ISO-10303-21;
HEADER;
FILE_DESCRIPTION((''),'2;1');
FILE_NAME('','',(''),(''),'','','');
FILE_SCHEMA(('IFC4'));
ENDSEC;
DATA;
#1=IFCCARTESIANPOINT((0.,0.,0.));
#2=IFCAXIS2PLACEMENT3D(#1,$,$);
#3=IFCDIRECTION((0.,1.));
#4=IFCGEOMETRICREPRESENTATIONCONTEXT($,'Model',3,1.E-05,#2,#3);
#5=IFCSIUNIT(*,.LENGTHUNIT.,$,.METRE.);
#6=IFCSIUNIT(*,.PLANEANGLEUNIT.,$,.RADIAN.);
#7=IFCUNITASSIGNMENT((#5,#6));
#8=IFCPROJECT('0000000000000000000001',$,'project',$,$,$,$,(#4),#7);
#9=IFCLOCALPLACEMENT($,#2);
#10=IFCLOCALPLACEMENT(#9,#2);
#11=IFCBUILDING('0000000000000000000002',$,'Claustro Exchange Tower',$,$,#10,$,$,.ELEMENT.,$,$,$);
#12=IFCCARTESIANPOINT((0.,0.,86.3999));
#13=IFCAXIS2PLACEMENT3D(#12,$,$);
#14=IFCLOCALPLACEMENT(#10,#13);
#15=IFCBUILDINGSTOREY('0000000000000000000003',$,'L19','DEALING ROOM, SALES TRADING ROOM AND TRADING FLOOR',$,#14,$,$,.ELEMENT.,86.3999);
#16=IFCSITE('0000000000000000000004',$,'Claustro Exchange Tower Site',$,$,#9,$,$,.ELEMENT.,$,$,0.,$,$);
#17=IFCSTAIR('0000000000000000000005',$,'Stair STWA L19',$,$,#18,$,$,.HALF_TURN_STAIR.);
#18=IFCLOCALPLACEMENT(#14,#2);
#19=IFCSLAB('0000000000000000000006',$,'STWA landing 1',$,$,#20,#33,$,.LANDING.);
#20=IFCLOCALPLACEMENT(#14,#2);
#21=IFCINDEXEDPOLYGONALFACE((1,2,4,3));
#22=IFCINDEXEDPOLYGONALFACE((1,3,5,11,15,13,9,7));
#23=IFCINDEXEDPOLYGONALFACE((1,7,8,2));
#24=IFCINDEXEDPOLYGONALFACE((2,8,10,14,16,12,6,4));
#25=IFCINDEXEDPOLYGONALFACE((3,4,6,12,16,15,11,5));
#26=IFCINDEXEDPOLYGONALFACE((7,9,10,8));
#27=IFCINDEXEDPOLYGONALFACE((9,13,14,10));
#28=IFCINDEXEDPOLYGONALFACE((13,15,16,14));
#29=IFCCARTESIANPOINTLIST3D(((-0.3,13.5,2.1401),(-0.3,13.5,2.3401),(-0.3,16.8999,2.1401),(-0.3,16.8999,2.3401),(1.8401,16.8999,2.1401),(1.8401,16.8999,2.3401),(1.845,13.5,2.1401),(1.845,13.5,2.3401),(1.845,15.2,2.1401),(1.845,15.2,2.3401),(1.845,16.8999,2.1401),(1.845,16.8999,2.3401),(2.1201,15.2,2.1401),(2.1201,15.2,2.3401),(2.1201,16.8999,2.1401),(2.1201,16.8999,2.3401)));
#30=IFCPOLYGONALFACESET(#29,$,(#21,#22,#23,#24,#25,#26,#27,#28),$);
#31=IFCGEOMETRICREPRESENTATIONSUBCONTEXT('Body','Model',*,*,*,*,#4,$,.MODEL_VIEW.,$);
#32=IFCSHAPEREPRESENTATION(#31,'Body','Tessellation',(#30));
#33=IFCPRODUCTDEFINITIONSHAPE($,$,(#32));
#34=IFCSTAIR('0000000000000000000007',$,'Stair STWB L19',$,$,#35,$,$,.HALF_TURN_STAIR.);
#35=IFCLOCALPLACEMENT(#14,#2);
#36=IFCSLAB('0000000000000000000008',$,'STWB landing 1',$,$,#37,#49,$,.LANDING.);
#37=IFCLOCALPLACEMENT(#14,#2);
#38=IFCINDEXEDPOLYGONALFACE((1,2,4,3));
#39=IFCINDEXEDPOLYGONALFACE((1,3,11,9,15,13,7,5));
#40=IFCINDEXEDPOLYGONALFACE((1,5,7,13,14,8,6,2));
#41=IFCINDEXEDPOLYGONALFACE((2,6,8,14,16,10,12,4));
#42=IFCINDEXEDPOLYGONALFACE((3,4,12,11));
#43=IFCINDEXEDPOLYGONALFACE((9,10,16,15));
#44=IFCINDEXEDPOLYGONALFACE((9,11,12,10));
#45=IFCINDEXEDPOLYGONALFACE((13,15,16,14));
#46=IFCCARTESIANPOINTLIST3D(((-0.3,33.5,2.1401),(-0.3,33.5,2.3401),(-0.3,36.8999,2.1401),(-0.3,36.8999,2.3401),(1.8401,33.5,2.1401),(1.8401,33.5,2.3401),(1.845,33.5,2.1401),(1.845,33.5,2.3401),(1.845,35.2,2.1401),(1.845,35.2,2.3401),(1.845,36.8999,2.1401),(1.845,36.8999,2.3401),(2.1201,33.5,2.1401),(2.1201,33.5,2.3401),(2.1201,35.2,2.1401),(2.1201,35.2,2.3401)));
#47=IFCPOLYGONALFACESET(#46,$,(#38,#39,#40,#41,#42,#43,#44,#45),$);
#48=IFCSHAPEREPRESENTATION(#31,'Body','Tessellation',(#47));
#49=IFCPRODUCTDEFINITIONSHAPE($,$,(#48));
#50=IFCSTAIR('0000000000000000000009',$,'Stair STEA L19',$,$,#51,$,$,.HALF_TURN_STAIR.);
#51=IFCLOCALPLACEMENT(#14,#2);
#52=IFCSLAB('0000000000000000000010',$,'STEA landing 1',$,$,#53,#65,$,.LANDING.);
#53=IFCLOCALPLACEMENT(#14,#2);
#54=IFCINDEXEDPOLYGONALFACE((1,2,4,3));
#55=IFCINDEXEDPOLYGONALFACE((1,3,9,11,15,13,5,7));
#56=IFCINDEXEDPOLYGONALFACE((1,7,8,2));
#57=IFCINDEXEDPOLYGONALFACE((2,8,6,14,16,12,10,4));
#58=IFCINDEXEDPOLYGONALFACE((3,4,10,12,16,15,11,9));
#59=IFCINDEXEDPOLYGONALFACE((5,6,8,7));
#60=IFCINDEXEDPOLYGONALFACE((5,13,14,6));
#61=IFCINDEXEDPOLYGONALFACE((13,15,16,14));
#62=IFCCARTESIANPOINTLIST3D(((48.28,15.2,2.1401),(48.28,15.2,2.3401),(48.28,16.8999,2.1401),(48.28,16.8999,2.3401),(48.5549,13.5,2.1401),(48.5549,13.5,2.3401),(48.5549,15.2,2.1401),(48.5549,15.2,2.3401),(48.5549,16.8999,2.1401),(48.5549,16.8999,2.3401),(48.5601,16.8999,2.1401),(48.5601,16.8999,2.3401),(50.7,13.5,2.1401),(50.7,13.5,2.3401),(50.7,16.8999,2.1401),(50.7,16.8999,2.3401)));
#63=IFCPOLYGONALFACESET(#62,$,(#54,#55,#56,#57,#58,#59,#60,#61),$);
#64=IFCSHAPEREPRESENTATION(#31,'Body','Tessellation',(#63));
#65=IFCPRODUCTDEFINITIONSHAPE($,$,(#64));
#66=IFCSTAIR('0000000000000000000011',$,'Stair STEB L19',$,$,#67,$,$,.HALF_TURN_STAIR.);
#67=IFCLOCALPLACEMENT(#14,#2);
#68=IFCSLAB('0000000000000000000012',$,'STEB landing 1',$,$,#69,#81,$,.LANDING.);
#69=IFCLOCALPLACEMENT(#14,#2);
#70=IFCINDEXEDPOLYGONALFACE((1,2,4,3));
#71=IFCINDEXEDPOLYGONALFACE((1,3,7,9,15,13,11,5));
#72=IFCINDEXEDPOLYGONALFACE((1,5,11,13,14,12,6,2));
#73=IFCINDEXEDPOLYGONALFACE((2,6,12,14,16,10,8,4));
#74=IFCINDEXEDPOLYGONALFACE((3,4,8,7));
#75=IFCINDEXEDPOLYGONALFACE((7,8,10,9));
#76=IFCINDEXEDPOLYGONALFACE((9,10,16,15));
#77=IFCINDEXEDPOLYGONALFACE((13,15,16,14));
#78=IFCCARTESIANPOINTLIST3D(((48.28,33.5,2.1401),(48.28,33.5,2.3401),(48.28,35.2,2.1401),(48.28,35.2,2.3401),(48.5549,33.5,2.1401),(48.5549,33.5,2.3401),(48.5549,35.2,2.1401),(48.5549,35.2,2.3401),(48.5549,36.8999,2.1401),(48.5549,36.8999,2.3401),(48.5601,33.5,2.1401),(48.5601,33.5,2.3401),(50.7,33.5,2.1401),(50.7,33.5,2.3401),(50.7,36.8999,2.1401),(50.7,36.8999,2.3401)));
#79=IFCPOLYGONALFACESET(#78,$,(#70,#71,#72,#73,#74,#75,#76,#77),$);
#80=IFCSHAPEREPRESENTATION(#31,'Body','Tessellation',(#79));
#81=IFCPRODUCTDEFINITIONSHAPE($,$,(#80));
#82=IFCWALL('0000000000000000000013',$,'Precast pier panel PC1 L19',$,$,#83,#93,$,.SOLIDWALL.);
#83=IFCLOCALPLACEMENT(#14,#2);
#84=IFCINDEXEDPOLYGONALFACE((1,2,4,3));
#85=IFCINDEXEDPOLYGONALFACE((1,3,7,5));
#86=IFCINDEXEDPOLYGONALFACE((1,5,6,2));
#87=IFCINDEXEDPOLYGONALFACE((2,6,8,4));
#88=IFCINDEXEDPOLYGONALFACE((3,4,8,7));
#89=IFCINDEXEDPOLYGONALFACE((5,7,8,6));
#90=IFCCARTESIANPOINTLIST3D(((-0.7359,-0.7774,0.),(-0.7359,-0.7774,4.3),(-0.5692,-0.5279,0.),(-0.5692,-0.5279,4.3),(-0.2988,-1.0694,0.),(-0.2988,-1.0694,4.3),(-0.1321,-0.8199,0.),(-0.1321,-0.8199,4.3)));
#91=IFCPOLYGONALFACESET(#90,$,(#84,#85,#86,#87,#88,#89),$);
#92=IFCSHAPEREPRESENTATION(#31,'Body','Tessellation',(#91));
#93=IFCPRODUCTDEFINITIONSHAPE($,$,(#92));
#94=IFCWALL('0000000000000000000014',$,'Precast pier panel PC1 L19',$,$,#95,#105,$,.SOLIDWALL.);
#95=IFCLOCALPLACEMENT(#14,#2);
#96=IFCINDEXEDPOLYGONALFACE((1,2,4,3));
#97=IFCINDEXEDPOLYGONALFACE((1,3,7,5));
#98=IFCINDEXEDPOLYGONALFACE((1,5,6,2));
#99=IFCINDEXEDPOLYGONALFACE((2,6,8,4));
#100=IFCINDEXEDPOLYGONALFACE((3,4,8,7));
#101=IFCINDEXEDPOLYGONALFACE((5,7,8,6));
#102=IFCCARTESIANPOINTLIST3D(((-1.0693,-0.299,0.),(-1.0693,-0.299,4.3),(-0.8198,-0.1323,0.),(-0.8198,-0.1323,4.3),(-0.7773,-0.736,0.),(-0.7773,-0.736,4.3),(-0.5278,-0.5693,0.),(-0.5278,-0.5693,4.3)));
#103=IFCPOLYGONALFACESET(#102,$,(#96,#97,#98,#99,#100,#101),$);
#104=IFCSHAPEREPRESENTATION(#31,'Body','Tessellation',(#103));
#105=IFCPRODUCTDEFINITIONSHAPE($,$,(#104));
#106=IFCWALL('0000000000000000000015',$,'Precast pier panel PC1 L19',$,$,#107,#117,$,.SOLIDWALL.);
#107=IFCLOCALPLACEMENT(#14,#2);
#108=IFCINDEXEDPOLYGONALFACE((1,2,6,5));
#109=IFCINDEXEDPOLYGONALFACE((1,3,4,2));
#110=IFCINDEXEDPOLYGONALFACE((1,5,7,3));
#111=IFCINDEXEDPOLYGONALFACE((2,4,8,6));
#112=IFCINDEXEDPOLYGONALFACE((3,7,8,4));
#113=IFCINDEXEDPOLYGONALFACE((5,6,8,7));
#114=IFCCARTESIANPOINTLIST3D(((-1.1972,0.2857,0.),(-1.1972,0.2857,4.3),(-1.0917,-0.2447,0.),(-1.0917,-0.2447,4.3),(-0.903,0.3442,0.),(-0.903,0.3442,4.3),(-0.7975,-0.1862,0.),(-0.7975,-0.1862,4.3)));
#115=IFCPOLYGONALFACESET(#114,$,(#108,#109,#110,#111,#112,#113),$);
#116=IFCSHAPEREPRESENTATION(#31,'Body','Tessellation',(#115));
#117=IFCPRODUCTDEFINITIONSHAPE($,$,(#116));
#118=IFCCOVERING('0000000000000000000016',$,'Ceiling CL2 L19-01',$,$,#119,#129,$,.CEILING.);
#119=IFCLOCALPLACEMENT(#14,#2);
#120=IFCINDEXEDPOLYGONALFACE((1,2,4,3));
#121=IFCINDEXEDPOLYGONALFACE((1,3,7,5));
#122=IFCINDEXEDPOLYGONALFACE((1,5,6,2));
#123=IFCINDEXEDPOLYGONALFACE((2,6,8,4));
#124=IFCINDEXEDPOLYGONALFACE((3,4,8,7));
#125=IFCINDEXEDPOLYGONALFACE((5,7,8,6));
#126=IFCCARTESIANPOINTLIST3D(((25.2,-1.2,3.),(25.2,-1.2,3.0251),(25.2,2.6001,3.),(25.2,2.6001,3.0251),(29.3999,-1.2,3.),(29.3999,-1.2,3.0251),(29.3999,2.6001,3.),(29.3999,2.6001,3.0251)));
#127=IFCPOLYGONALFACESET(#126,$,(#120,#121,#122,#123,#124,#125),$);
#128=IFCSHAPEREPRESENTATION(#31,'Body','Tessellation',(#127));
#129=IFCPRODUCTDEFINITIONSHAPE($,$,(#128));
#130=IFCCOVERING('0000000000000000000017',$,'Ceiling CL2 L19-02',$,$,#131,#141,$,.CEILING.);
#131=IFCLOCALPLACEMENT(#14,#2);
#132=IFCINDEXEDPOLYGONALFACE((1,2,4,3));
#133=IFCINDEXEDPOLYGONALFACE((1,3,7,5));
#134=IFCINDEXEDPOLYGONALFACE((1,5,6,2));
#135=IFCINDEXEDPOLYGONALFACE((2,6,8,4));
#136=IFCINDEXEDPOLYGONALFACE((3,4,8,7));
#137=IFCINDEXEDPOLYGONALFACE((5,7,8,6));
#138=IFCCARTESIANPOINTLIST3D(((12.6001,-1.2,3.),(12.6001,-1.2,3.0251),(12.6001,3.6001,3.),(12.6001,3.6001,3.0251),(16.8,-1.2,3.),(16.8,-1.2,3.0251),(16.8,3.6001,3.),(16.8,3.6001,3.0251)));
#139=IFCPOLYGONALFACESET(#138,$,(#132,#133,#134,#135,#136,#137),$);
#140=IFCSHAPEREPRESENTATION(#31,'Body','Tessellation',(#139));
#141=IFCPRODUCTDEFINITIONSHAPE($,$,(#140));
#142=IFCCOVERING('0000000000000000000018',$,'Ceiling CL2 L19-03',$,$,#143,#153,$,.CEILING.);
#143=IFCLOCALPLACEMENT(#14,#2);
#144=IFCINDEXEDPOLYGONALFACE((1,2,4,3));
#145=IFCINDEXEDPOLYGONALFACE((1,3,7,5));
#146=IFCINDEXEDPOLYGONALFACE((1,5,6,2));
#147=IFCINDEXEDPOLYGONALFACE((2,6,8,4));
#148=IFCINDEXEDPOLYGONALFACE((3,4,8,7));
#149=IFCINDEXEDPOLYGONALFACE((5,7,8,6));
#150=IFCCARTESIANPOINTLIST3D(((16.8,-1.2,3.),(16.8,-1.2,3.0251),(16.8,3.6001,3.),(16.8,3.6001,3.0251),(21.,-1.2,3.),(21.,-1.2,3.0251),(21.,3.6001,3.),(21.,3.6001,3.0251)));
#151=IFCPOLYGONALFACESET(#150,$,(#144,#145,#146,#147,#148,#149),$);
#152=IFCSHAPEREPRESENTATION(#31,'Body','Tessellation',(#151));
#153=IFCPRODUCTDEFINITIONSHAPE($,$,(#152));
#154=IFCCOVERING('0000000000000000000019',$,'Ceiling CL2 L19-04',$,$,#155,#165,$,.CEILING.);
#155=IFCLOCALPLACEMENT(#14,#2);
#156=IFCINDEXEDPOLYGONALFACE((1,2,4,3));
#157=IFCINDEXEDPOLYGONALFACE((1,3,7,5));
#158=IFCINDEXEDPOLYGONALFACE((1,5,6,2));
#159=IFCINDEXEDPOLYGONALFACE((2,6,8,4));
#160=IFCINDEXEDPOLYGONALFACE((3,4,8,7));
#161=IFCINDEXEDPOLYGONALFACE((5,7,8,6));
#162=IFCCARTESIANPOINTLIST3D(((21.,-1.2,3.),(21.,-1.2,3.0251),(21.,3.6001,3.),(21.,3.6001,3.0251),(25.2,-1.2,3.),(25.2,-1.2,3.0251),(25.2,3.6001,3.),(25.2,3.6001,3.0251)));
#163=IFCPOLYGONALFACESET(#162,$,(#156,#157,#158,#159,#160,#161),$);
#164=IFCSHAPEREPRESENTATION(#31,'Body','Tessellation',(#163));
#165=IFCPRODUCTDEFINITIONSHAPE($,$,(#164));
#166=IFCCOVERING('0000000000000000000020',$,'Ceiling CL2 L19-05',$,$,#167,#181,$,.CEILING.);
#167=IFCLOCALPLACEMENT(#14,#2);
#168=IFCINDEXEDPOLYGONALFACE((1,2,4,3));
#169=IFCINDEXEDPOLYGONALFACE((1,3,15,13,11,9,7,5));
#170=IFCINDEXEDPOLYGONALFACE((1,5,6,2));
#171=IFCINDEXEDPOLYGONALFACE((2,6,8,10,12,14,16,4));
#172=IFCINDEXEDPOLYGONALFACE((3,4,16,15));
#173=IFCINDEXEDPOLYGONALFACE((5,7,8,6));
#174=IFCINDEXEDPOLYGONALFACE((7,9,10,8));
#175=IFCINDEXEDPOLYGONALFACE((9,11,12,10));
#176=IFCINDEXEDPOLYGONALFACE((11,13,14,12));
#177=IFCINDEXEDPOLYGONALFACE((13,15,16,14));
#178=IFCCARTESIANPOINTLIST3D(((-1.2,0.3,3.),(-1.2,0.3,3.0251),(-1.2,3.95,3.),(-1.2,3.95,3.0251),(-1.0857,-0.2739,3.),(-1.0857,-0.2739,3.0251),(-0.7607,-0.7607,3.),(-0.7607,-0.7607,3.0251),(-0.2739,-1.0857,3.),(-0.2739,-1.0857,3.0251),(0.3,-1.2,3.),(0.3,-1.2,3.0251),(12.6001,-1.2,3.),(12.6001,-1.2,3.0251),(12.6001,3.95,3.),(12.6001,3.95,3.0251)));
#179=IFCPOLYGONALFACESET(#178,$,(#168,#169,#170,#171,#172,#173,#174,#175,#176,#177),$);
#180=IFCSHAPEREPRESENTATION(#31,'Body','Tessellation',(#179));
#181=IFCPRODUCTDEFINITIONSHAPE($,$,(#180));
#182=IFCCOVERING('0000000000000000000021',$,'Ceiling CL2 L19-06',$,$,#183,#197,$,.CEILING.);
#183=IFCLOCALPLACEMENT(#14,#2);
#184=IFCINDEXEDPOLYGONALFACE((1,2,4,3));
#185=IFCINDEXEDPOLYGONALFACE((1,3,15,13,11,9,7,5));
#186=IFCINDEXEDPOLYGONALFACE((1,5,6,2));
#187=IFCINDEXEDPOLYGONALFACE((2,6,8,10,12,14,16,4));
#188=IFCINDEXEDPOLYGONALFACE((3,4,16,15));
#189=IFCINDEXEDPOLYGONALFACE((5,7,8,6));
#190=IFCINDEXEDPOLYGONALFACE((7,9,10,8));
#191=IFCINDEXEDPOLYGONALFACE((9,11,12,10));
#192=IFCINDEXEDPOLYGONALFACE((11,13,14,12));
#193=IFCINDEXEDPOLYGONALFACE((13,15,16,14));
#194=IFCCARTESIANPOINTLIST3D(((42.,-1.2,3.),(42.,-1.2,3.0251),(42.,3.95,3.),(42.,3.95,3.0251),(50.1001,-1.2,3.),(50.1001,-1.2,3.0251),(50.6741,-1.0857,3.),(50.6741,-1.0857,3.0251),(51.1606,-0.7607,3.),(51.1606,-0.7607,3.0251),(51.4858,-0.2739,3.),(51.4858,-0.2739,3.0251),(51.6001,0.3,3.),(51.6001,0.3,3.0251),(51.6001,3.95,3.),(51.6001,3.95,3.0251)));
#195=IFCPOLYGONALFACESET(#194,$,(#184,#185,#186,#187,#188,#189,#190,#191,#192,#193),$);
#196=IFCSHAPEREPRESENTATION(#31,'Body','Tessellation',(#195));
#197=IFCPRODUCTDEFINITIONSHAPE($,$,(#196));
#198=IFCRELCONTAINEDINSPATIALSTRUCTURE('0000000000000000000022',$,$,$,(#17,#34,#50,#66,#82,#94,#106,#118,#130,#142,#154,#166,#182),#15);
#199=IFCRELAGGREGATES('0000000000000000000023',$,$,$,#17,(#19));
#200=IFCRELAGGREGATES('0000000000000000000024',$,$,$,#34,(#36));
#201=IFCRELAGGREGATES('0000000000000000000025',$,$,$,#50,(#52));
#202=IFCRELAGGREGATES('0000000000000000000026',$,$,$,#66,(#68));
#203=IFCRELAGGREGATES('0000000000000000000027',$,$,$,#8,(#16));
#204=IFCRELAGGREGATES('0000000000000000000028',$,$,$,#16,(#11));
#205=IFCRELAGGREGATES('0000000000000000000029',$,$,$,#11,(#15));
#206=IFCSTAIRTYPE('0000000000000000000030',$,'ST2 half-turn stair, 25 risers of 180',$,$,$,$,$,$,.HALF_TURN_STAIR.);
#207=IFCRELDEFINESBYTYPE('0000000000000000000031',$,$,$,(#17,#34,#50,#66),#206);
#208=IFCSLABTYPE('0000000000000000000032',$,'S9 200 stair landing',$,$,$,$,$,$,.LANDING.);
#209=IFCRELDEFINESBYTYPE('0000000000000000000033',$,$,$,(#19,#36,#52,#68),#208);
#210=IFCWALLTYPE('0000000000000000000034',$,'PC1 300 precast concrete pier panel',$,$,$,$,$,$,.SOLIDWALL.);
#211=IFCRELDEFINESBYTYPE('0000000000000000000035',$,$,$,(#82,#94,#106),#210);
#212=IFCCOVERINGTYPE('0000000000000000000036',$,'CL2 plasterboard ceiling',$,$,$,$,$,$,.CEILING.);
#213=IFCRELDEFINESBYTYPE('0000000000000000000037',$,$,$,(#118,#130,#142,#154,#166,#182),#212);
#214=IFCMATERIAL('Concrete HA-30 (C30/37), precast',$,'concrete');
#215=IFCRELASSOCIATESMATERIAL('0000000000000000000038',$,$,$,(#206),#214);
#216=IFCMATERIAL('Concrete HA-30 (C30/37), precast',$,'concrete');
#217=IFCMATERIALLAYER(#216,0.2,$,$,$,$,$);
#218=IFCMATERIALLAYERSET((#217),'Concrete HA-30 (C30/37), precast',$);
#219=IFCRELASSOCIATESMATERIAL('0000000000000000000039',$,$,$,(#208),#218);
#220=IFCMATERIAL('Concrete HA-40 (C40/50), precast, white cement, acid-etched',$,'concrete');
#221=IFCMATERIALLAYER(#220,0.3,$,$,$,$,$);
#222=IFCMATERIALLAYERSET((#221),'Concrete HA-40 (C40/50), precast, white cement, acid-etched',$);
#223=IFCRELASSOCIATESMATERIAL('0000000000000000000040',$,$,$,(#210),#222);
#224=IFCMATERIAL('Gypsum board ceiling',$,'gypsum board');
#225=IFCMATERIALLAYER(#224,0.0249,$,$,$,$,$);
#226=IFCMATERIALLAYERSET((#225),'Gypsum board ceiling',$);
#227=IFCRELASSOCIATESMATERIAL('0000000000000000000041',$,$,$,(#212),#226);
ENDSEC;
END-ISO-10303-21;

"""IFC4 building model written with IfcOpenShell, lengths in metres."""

from ifc_helpers import new_model, si_unit, direction, frame, frame_2d, origin, place, context, subcontext, project, spatial, polyline, rectangle, outline, extrude, material, layer, layer_set, type_object, element, aggregate, save


model = new_model("IFC4")

# Units and contexts
model_context = context("Model", 3, precision=1e-05, world=origin(), true_north=direction((0.0, 1.0)))
body_context = subcontext(model_context, "Body", "Model", "MODEL_VIEW")
ifc_project = project(units=[si_unit("LENGTHUNIT", "METRE"), si_unit("PLANEANGLEUNIT", "RADIAN")], contexts=[model_context])

# Site, building, storey
site_placement = place(None, origin())
site = spatial("IfcSite", under=ifc_project, at=site_placement, Name="Claustro Exchange Tower Site", CompositionType="ELEMENT", RefElevation=0.0)
building_placement = place(site_placement, origin())
building = spatial("IfcBuilding", under=site, at=building_placement, Name="Claustro Exchange Tower", CompositionType="ELEMENT")
storey_placement = place(building_placement, frame((0.0, 0.0, 86.3999)))
storey = spatial("IfcBuildingStorey", under=building, at=storey_placement, Name="L19", Description="DEALING ROOM, SALES TRADING ROOM AND TRADING FLOOR", CompositionType="ELEMENT", Elevation=86.3999)

# Stairs, slabs
ifc_material_1 = material(Name="Concrete HA-30 (C30/37), precast", Category="concrete")
stair_type = type_object("IfcStairType", Name="ST2 half-turn stair, 25 risers of 180", PredefinedType="HALF_TURN_STAIR", material=ifc_material_1)
stair_1_placement = place(storey_placement, origin())
stair_1 = element("IfcStair", 1, at=stair_1_placement, inside=storey, type_object=stair_type, Name="Stair STWA L19", PredefinedType="HALF_TURN_STAIR")
ifc_material_2 = material(Name="Concrete HA-30 (C30/37), precast", Category="concrete")
ifc_layer_1 = layer(ifc_material_2, 0.2)
ifc_layer_set_1 = layer_set([ifc_layer_1], Name="Concrete HA-30 (C30/37), precast")
slab_type_1 = type_object("IfcSlabType", Name="S9 200 stair landing", PredefinedType="LANDING", material=ifc_layer_set_1)
slab_1_placement = place(storey_placement, frame((0.0, 0.0, 2.1401)))
slab_1 = element("IfcSlab", 2, at=slab_1_placement, type_object=slab_type_1, Name="STWA landing 1", PredefinedType="LANDING", context=body_context, shape_type="SweptSolid", body=[
    extrude(outline(polyline([(1.845, 13.5), (-0.3, 13.5), (-0.3, 16.8999), (1.8401, 16.8999), (1.845, 16.8999), (2.1201, 16.8999), (2.1201, 15.2), (1.845, 15.2), (1.845, 13.5)])), origin(), (0.0, 0.0, 1.0), 0.2),
])
aggregate(stair_1, [slab_1])
stair_2_placement = place(storey_placement, origin())
stair_2 = element("IfcStair", 3, at=stair_2_placement, inside=storey, type_object=stair_type, Name="Stair STWB L19", PredefinedType="HALF_TURN_STAIR")
slab_2_placement = place(storey_placement, frame((0.0, 0.0, 2.1401)))
slab_2 = element("IfcSlab", 4, at=slab_2_placement, type_object=slab_type_1, Name="STWB landing 1", PredefinedType="LANDING", context=body_context, shape_type="SweptSolid", body=[
    extrude(outline(polyline([(2.1201, 35.2), (2.1201, 33.5), (1.845, 33.5), (1.8401, 33.5), (-0.3, 33.5), (-0.3, 36.8999), (1.845, 36.8999), (1.845, 35.2), (2.1201, 35.2)])), origin(), (0.0, 0.0, 1.0), 0.2),
])
aggregate(stair_2, [slab_2])
stair_3_placement = place(storey_placement, origin())
stair_3 = element("IfcStair", 5, at=stair_3_placement, inside=storey, type_object=stair_type, Name="Stair STEA L19", PredefinedType="HALF_TURN_STAIR")
slab_3_placement = place(storey_placement, frame((0.0, 0.0, 2.1401)))
slab_3 = element("IfcSlab", 6, at=slab_3_placement, type_object=slab_type_1, Name="STEA landing 1", PredefinedType="LANDING", context=body_context, shape_type="SweptSolid", body=[
    extrude(outline(polyline([(50.7, 16.8999), (50.7, 13.5), (48.5549, 13.5), (48.5549, 15.2), (48.28, 15.2), (48.28, 16.8999), (48.5549, 16.8999), (48.5601, 16.8999), (50.7, 16.8999)])), origin(), (0.0, 0.0, 1.0), 0.2),
])
aggregate(stair_3, [slab_3])
stair_4_placement = place(storey_placement, origin())
stair_4 = element("IfcStair", 7, at=stair_4_placement, inside=storey, type_object=stair_type, Name="Stair STEB L19", PredefinedType="HALF_TURN_STAIR")
slab_4_placement = place(storey_placement, frame((0.0, 0.0, 2.1401)))
slab_4 = element("IfcSlab", 8, at=slab_4_placement, type_object=slab_type_1, Name="STEB landing 1", PredefinedType="LANDING", context=body_context, shape_type="SweptSolid", body=[
    extrude(outline(polyline([(48.28, 33.5), (48.28, 35.2), (48.5549, 35.2), (48.5549, 36.8999), (50.7, 36.8999), (50.7, 33.5), (48.5601, 33.5), (48.5549, 33.5), (48.28, 33.5)])), origin(), (0.0, 0.0, 1.0), 0.2),
])
aggregate(stair_4, [slab_4])

# Walls
ifc_material_3 = material(Name="Concrete HA-40 (C40/50), precast, white cement, acid-etched", Category="concrete")
ifc_layer_2 = layer(ifc_material_3, 0.3)
ifc_layer_set_2 = layer_set([ifc_layer_2], Name="Concrete HA-40 (C40/50), precast, white cement, acid-etched")
wall_type = type_object("IfcWallType", Name="PC1 300 precast concrete pier panel", PredefinedType="SOLIDWALL", material=ifc_layer_set_2)
for number, where, z_axis, x_axis, name in (
    (9, (-0.2156, -0.9446, 0.0), (0.0, 0.0, 1.0), (-0.831478, 0.555557, 0.0), "Precast pier panel PC1 L19"),
    (10, (-0.6526, -0.6526, 0.0), (0.0, 0.0, 1.0), (-0.555557, 0.831478, 0.0), "Precast pier panel PC1 L19"),
):
    element("IfcWall", number, at=place(storey_placement, frame(where, z_axis=z_axis, x_axis=x_axis)), inside=storey, type_object=wall_type, Name=name, PredefinedType="SOLIDWALL", context=body_context, shape_type="SweptSolid", body=[
        extrude(rectangle(XDim=0.5256, YDim=0.3, at=frame_2d((0.2627, 0.0))), origin(), (0.0, 0.0, 1.0), 4.3),
    ])
wall_placement = place(storey_placement, frame((-0.9446, -0.2156, 0.0), z_axis=(0.0, 0.0, 1.0), x_axis=(-0.195074, 0.980789, 0.0)))
element("IfcWall", 11, at=wall_placement, inside=storey, type_object=wall_type, Name="Precast pier panel PC1 L19", PredefinedType="SOLIDWALL", context=body_context, shape_type="SweptSolid", body=[
    extrude(rectangle(XDim=0.5408, YDim=0.3, at=frame_2d((0.2705, 0.0))), origin(), (0.0, 0.0, 1.0), 4.3),
])

# Coverings
ifc_material_4 = material(Name="Gypsum board ceiling", Category="gypsum board")
ifc_layer_3 = layer(ifc_material_4, 0.0249)
ifc_layer_set_3 = layer_set([ifc_layer_3], Name="Gypsum board ceiling")
covering_type = type_object("IfcCoveringType", Name="CL2 plasterboard ceiling", PredefinedType="CEILING", material=ifc_layer_set_3)
covering_1_placement = place(storey_placement, frame((0.0, 0.0, 3.0)))
element("IfcCovering", 12, at=covering_1_placement, inside=storey, type_object=covering_type, Name="Ceiling CL2 L19-01", PredefinedType="CEILING", context=body_context, shape_type="SweptSolid", body=[
    extrude(outline(polyline([(25.2, -1.2), (29.3999, -1.2), (29.3999, 2.6001), (25.2, 2.6001), (25.2, -1.2)])), origin(), (0.0, 0.0, 1.0), 0.0251),
])
covering_2_placement = place(storey_placement, frame((0.0, 0.0, 3.0)))
element("IfcCovering", 13, at=covering_2_placement, inside=storey, type_object=covering_type, Name="Ceiling CL2 L19-02", PredefinedType="CEILING", context=body_context, shape_type="SweptSolid", body=[
    extrude(outline(polyline([(12.6001, -1.2), (16.8, -1.2), (16.8, 3.6001), (12.6001, 3.6001), (12.6001, -1.2)])), origin(), (0.0, 0.0, 1.0), 0.0251),
])
covering_3_placement = place(storey_placement, frame((0.0, 0.0, 3.0)))
element("IfcCovering", 14, at=covering_3_placement, inside=storey, type_object=covering_type, Name="Ceiling CL2 L19-03", PredefinedType="CEILING", context=body_context, shape_type="SweptSolid", body=[
    extrude(outline(polyline([(16.8, -1.2), (21.0, -1.2), (21.0, 3.6001), (16.8, 3.6001), (16.8, -1.2)])), origin(), (0.0, 0.0, 1.0), 0.0251),
])
covering_4_placement = place(storey_placement, frame((0.0, 0.0, 3.0)))
element("IfcCovering", 15, at=covering_4_placement, inside=storey, type_object=covering_type, Name="Ceiling CL2 L19-04", PredefinedType="CEILING", context=body_context, shape_type="SweptSolid", body=[
    extrude(outline(polyline([(21.0, -1.2), (25.2, -1.2), (25.2, 3.6001), (21.0, 3.6001), (21.0, -1.2)])), origin(), (0.0, 0.0, 1.0), 0.0251),
])
covering_5_placement = place(storey_placement, frame((0.0, 0.0, 3.0)))
element("IfcCovering", 16, at=covering_5_placement, inside=storey, type_object=covering_type, Name="Ceiling CL2 L19-05", PredefinedType="CEILING", context=body_context, shape_type="SweptSolid", body=[
    extrude(outline(polyline([(-1.0857, -0.2739), (-0.7607, -0.7607), (-0.2739, -1.0857), (0.3, -1.2), (12.6001, -1.2), (12.6001, 3.95), (-1.2, 3.95), (-1.2, 0.3), (-1.0857, -0.2739)])), origin(), (0.0, 0.0, 1.0), 0.0251),
])
covering_6_placement = place(storey_placement, frame((0.0, 0.0, 3.0)))
element("IfcCovering", 17, at=covering_6_placement, inside=storey, type_object=covering_type, Name="Ceiling CL2 L19-06", PredefinedType="CEILING", context=body_context, shape_type="SweptSolid", body=[
    extrude(outline(polyline([(51.6001, 0.3), (51.6001, 3.95), (42.0, 3.95), (42.0, -1.2), (50.1001, -1.2), (50.6741, -1.0857), (51.1606, -0.7607), (51.4858, -0.2739), (51.6001, 0.3)])), origin(), (0.0, 0.0, 1.0), 0.0251),
])

save(model, "model.ifc")
